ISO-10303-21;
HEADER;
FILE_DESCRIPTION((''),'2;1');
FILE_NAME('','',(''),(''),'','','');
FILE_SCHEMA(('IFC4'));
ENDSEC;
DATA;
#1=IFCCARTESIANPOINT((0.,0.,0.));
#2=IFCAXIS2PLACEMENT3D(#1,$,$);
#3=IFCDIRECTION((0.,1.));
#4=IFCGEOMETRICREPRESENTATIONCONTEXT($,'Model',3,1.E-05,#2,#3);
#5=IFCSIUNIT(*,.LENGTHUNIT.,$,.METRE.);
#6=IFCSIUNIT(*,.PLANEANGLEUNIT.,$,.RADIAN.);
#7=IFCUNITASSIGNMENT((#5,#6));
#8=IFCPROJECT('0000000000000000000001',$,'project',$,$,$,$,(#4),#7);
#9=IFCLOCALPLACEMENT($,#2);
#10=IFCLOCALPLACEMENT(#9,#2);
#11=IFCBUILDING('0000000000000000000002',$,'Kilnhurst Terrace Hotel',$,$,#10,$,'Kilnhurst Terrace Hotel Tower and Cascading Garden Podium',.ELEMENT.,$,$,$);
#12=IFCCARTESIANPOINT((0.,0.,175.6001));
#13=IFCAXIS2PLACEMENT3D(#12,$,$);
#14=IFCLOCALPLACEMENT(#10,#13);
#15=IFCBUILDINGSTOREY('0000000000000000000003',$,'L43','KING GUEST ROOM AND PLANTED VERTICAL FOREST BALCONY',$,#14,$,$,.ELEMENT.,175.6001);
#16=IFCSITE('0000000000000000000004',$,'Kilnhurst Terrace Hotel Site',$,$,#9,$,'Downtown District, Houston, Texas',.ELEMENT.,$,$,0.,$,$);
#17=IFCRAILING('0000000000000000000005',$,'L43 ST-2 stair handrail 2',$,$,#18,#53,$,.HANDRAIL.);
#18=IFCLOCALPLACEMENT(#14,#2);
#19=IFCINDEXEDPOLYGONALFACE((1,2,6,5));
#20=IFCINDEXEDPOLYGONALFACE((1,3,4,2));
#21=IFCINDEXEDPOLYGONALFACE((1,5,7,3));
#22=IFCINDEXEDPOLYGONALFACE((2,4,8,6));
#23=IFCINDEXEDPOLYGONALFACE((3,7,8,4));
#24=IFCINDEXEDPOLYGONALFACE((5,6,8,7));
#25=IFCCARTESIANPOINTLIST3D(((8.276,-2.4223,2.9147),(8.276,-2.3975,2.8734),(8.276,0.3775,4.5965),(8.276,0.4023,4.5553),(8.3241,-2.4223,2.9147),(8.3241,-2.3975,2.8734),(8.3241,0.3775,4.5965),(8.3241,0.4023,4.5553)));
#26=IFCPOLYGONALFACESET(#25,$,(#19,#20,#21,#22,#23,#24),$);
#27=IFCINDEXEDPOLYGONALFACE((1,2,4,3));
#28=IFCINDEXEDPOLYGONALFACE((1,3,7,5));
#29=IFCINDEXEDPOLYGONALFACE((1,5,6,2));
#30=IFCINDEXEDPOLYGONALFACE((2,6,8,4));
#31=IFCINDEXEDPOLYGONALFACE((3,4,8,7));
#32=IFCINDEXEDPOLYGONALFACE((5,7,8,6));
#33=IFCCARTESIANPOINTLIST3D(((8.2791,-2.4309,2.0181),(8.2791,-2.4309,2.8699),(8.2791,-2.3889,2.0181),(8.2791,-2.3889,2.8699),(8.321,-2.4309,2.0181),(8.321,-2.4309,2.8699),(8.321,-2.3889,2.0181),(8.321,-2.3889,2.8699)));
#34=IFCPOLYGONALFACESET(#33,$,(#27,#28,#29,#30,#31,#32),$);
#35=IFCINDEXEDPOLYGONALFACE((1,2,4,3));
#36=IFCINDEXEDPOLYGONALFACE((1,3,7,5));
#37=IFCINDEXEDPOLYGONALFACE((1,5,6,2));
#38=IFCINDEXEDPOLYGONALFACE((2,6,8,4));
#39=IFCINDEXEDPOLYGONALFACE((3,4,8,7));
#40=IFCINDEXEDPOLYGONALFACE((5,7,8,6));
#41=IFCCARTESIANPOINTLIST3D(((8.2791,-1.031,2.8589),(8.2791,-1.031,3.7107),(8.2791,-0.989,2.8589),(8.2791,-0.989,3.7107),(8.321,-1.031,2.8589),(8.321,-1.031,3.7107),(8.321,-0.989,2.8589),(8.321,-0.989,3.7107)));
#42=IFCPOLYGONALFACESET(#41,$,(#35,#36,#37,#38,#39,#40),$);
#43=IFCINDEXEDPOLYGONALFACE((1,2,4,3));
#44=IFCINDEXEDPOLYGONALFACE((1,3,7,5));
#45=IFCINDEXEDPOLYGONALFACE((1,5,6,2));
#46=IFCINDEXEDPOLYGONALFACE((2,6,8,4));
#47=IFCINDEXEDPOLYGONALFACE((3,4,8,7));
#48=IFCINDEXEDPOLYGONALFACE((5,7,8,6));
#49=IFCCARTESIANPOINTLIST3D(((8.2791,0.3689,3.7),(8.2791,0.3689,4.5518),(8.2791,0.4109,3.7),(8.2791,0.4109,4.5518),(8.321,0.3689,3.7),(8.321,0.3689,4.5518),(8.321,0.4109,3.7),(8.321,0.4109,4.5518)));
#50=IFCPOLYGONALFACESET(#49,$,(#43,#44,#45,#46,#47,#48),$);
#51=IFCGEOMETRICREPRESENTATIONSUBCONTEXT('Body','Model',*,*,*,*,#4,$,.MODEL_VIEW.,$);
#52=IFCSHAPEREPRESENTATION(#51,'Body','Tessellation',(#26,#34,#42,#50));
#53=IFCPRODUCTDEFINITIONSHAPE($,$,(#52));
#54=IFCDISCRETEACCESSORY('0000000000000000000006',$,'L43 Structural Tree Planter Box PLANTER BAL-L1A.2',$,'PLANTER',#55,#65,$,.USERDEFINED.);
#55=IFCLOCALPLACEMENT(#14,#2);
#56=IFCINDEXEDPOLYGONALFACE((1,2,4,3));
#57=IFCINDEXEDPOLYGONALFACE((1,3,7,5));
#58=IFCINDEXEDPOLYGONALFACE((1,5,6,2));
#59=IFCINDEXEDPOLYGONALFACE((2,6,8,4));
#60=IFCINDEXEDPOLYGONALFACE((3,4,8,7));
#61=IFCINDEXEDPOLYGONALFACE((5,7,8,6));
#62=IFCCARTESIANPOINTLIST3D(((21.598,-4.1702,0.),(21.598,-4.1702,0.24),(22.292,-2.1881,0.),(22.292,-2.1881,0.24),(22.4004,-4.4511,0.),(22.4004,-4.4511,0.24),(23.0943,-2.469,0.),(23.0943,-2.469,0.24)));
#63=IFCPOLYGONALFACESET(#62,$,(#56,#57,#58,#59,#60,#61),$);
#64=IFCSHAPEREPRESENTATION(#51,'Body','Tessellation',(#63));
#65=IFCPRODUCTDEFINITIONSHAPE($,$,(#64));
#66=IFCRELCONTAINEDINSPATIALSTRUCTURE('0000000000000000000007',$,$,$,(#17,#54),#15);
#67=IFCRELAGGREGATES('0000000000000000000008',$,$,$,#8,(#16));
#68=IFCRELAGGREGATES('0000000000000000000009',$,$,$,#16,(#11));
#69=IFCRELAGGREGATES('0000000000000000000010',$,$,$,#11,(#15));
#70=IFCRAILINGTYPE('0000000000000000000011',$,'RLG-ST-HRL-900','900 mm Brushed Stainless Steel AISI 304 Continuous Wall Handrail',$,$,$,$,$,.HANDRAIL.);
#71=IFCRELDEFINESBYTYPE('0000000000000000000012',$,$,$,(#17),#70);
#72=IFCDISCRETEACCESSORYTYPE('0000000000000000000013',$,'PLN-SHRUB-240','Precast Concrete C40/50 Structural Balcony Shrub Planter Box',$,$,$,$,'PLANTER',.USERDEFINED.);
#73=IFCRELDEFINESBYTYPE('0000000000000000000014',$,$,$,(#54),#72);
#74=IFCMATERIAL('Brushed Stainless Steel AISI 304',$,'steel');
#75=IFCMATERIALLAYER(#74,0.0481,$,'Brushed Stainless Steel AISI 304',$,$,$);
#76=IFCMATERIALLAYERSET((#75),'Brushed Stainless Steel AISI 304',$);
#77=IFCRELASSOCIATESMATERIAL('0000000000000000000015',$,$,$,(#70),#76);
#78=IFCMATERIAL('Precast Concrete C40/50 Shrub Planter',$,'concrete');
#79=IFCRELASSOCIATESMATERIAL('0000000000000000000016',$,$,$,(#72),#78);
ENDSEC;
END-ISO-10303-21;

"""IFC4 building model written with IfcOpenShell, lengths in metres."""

from ifc_helpers import new_model, si_unit, direction, frame, origin, origin_2d, place, context, subcontext, project, spatial, rectangle, extrude, material, layer, layer_set, type_object, element, save


model = new_model("IFC4")

# Units and contexts
model_context = context("Model", 3, precision=1e-05, world=origin(), true_north=direction((0.0, 1.0)))
body_context = subcontext(model_context, "Body", "Model", "MODEL_VIEW")
ifc_project = project(units=[si_unit("LENGTHUNIT", "METRE"), si_unit("PLANEANGLEUNIT", "RADIAN")], contexts=[model_context])

# Site, building, storey
site_placement = place(None, origin())
site = spatial("IfcSite", under=ifc_project, at=site_placement, Name="Kilnhurst Terrace Hotel Site", LongName="Downtown District, Houston, Texas", CompositionType="ELEMENT", RefElevation=0.0)
building_placement = place(site_placement, origin())
building = spatial("IfcBuilding", under=site, at=building_placement, Name="Kilnhurst Terrace Hotel", LongName="Kilnhurst Terrace Hotel Tower and Cascading Garden Podium", CompositionType="ELEMENT")
storey_placement = place(building_placement, frame((0.0, 0.0, 175.6001)))
storey = spatial("IfcBuildingStorey", under=building, at=storey_placement, Name="L43", Description="KING GUEST ROOM AND PLANTED VERTICAL FOREST BALCONY", CompositionType="ELEMENT", Elevation=175.6001)

# Railing
ifc_material_1 = material(Name="Brushed Stainless Steel AISI 304", Category="steel")
ifc_layer_1 = layer(ifc_material_1, 0.0481, Name="Brushed Stainless Steel AISI 304")
ifc_layer_set_1 = layer_set([ifc_layer_1], Name="Brushed Stainless Steel AISI 304")
railing_type_1 = type_object("IfcRailingType", Name="RLG-ST-HRL-900", Description="900 mm Brushed Stainless Steel AISI 304 Continuous Wall Handrail", PredefinedType="HANDRAIL", material=ifc_layer_set_1)
railing_1_placement = place(storey_placement, frame((8.3, -2.4099, 2.0181)))
element("IfcRailing", 1, at=railing_1_placement, inside=storey, type_object=railing_type_1, Name="L43 ST-2 stair handrail 2", PredefinedType="HANDRAIL", context=body_context, shape_type="SweptSolid", body=[
    extrude(rectangle(XDim=0.0481, YDim=0.0481, at=origin_2d()), frame((0.0, 0.0, 0.876), z_axis=(0.0, 0.857222, 0.514946), x_axis=(-1.0, 0.0, 0.0)), (0.0, 0.0, 1.0), 3.2661),
    extrude(rectangle(XDim=0.042, YDim=0.042, at=origin_2d()), origin(), (0.0, 0.0, 1.0), 0.8518),
    extrude(rectangle(XDim=0.042, YDim=0.042, at=origin_2d()), frame((0.0, 1.3999, 0.8408)), (0.0, 0.0, 1.0), 0.8518),
    extrude(rectangle(XDim=0.042, YDim=0.042, at=origin_2d()), frame((0.0, 2.7998, 1.6819)), (0.0, 0.0, 1.0), 0.8518),
])

# Discrete accessory
ifc_material_2 = material(Name="Precast Concrete C40/50 Shrub Planter", Category="concrete")
discrete_accessory_type = type_object("IfcDiscreteAccessoryType", Name="PLN-SHRUB-240", Description="Precast Concrete C40/50 Structural Balcony Shrub Planter Box", ElementType="PLANTER", PredefinedType="USERDEFINED", material=ifc_material_2)
discrete_accessory_placement = place(storey_placement, frame((22.3462, -3.3196, 0.0), z_axis=(0.0, 0.0, 1.0), x_axis=(0.330432, 0.94383, 0.0)))
element("IfcDiscreteAccessory", 2, at=discrete_accessory_placement, inside=storey, type_object=discrete_accessory_type, Name="L43 Structural Tree Planter Box PLANTER BAL-L1A.2", ObjectType="PLANTER", PredefinedType="USERDEFINED", context=body_context, shape_type="SweptSolid", body=[
    extrude(rectangle(XDim=2.1001, YDim=0.8501, at=origin_2d()), origin(), (0.0, 0.0, 1.0), 0.24),
])

save(model, "model.ifc")
